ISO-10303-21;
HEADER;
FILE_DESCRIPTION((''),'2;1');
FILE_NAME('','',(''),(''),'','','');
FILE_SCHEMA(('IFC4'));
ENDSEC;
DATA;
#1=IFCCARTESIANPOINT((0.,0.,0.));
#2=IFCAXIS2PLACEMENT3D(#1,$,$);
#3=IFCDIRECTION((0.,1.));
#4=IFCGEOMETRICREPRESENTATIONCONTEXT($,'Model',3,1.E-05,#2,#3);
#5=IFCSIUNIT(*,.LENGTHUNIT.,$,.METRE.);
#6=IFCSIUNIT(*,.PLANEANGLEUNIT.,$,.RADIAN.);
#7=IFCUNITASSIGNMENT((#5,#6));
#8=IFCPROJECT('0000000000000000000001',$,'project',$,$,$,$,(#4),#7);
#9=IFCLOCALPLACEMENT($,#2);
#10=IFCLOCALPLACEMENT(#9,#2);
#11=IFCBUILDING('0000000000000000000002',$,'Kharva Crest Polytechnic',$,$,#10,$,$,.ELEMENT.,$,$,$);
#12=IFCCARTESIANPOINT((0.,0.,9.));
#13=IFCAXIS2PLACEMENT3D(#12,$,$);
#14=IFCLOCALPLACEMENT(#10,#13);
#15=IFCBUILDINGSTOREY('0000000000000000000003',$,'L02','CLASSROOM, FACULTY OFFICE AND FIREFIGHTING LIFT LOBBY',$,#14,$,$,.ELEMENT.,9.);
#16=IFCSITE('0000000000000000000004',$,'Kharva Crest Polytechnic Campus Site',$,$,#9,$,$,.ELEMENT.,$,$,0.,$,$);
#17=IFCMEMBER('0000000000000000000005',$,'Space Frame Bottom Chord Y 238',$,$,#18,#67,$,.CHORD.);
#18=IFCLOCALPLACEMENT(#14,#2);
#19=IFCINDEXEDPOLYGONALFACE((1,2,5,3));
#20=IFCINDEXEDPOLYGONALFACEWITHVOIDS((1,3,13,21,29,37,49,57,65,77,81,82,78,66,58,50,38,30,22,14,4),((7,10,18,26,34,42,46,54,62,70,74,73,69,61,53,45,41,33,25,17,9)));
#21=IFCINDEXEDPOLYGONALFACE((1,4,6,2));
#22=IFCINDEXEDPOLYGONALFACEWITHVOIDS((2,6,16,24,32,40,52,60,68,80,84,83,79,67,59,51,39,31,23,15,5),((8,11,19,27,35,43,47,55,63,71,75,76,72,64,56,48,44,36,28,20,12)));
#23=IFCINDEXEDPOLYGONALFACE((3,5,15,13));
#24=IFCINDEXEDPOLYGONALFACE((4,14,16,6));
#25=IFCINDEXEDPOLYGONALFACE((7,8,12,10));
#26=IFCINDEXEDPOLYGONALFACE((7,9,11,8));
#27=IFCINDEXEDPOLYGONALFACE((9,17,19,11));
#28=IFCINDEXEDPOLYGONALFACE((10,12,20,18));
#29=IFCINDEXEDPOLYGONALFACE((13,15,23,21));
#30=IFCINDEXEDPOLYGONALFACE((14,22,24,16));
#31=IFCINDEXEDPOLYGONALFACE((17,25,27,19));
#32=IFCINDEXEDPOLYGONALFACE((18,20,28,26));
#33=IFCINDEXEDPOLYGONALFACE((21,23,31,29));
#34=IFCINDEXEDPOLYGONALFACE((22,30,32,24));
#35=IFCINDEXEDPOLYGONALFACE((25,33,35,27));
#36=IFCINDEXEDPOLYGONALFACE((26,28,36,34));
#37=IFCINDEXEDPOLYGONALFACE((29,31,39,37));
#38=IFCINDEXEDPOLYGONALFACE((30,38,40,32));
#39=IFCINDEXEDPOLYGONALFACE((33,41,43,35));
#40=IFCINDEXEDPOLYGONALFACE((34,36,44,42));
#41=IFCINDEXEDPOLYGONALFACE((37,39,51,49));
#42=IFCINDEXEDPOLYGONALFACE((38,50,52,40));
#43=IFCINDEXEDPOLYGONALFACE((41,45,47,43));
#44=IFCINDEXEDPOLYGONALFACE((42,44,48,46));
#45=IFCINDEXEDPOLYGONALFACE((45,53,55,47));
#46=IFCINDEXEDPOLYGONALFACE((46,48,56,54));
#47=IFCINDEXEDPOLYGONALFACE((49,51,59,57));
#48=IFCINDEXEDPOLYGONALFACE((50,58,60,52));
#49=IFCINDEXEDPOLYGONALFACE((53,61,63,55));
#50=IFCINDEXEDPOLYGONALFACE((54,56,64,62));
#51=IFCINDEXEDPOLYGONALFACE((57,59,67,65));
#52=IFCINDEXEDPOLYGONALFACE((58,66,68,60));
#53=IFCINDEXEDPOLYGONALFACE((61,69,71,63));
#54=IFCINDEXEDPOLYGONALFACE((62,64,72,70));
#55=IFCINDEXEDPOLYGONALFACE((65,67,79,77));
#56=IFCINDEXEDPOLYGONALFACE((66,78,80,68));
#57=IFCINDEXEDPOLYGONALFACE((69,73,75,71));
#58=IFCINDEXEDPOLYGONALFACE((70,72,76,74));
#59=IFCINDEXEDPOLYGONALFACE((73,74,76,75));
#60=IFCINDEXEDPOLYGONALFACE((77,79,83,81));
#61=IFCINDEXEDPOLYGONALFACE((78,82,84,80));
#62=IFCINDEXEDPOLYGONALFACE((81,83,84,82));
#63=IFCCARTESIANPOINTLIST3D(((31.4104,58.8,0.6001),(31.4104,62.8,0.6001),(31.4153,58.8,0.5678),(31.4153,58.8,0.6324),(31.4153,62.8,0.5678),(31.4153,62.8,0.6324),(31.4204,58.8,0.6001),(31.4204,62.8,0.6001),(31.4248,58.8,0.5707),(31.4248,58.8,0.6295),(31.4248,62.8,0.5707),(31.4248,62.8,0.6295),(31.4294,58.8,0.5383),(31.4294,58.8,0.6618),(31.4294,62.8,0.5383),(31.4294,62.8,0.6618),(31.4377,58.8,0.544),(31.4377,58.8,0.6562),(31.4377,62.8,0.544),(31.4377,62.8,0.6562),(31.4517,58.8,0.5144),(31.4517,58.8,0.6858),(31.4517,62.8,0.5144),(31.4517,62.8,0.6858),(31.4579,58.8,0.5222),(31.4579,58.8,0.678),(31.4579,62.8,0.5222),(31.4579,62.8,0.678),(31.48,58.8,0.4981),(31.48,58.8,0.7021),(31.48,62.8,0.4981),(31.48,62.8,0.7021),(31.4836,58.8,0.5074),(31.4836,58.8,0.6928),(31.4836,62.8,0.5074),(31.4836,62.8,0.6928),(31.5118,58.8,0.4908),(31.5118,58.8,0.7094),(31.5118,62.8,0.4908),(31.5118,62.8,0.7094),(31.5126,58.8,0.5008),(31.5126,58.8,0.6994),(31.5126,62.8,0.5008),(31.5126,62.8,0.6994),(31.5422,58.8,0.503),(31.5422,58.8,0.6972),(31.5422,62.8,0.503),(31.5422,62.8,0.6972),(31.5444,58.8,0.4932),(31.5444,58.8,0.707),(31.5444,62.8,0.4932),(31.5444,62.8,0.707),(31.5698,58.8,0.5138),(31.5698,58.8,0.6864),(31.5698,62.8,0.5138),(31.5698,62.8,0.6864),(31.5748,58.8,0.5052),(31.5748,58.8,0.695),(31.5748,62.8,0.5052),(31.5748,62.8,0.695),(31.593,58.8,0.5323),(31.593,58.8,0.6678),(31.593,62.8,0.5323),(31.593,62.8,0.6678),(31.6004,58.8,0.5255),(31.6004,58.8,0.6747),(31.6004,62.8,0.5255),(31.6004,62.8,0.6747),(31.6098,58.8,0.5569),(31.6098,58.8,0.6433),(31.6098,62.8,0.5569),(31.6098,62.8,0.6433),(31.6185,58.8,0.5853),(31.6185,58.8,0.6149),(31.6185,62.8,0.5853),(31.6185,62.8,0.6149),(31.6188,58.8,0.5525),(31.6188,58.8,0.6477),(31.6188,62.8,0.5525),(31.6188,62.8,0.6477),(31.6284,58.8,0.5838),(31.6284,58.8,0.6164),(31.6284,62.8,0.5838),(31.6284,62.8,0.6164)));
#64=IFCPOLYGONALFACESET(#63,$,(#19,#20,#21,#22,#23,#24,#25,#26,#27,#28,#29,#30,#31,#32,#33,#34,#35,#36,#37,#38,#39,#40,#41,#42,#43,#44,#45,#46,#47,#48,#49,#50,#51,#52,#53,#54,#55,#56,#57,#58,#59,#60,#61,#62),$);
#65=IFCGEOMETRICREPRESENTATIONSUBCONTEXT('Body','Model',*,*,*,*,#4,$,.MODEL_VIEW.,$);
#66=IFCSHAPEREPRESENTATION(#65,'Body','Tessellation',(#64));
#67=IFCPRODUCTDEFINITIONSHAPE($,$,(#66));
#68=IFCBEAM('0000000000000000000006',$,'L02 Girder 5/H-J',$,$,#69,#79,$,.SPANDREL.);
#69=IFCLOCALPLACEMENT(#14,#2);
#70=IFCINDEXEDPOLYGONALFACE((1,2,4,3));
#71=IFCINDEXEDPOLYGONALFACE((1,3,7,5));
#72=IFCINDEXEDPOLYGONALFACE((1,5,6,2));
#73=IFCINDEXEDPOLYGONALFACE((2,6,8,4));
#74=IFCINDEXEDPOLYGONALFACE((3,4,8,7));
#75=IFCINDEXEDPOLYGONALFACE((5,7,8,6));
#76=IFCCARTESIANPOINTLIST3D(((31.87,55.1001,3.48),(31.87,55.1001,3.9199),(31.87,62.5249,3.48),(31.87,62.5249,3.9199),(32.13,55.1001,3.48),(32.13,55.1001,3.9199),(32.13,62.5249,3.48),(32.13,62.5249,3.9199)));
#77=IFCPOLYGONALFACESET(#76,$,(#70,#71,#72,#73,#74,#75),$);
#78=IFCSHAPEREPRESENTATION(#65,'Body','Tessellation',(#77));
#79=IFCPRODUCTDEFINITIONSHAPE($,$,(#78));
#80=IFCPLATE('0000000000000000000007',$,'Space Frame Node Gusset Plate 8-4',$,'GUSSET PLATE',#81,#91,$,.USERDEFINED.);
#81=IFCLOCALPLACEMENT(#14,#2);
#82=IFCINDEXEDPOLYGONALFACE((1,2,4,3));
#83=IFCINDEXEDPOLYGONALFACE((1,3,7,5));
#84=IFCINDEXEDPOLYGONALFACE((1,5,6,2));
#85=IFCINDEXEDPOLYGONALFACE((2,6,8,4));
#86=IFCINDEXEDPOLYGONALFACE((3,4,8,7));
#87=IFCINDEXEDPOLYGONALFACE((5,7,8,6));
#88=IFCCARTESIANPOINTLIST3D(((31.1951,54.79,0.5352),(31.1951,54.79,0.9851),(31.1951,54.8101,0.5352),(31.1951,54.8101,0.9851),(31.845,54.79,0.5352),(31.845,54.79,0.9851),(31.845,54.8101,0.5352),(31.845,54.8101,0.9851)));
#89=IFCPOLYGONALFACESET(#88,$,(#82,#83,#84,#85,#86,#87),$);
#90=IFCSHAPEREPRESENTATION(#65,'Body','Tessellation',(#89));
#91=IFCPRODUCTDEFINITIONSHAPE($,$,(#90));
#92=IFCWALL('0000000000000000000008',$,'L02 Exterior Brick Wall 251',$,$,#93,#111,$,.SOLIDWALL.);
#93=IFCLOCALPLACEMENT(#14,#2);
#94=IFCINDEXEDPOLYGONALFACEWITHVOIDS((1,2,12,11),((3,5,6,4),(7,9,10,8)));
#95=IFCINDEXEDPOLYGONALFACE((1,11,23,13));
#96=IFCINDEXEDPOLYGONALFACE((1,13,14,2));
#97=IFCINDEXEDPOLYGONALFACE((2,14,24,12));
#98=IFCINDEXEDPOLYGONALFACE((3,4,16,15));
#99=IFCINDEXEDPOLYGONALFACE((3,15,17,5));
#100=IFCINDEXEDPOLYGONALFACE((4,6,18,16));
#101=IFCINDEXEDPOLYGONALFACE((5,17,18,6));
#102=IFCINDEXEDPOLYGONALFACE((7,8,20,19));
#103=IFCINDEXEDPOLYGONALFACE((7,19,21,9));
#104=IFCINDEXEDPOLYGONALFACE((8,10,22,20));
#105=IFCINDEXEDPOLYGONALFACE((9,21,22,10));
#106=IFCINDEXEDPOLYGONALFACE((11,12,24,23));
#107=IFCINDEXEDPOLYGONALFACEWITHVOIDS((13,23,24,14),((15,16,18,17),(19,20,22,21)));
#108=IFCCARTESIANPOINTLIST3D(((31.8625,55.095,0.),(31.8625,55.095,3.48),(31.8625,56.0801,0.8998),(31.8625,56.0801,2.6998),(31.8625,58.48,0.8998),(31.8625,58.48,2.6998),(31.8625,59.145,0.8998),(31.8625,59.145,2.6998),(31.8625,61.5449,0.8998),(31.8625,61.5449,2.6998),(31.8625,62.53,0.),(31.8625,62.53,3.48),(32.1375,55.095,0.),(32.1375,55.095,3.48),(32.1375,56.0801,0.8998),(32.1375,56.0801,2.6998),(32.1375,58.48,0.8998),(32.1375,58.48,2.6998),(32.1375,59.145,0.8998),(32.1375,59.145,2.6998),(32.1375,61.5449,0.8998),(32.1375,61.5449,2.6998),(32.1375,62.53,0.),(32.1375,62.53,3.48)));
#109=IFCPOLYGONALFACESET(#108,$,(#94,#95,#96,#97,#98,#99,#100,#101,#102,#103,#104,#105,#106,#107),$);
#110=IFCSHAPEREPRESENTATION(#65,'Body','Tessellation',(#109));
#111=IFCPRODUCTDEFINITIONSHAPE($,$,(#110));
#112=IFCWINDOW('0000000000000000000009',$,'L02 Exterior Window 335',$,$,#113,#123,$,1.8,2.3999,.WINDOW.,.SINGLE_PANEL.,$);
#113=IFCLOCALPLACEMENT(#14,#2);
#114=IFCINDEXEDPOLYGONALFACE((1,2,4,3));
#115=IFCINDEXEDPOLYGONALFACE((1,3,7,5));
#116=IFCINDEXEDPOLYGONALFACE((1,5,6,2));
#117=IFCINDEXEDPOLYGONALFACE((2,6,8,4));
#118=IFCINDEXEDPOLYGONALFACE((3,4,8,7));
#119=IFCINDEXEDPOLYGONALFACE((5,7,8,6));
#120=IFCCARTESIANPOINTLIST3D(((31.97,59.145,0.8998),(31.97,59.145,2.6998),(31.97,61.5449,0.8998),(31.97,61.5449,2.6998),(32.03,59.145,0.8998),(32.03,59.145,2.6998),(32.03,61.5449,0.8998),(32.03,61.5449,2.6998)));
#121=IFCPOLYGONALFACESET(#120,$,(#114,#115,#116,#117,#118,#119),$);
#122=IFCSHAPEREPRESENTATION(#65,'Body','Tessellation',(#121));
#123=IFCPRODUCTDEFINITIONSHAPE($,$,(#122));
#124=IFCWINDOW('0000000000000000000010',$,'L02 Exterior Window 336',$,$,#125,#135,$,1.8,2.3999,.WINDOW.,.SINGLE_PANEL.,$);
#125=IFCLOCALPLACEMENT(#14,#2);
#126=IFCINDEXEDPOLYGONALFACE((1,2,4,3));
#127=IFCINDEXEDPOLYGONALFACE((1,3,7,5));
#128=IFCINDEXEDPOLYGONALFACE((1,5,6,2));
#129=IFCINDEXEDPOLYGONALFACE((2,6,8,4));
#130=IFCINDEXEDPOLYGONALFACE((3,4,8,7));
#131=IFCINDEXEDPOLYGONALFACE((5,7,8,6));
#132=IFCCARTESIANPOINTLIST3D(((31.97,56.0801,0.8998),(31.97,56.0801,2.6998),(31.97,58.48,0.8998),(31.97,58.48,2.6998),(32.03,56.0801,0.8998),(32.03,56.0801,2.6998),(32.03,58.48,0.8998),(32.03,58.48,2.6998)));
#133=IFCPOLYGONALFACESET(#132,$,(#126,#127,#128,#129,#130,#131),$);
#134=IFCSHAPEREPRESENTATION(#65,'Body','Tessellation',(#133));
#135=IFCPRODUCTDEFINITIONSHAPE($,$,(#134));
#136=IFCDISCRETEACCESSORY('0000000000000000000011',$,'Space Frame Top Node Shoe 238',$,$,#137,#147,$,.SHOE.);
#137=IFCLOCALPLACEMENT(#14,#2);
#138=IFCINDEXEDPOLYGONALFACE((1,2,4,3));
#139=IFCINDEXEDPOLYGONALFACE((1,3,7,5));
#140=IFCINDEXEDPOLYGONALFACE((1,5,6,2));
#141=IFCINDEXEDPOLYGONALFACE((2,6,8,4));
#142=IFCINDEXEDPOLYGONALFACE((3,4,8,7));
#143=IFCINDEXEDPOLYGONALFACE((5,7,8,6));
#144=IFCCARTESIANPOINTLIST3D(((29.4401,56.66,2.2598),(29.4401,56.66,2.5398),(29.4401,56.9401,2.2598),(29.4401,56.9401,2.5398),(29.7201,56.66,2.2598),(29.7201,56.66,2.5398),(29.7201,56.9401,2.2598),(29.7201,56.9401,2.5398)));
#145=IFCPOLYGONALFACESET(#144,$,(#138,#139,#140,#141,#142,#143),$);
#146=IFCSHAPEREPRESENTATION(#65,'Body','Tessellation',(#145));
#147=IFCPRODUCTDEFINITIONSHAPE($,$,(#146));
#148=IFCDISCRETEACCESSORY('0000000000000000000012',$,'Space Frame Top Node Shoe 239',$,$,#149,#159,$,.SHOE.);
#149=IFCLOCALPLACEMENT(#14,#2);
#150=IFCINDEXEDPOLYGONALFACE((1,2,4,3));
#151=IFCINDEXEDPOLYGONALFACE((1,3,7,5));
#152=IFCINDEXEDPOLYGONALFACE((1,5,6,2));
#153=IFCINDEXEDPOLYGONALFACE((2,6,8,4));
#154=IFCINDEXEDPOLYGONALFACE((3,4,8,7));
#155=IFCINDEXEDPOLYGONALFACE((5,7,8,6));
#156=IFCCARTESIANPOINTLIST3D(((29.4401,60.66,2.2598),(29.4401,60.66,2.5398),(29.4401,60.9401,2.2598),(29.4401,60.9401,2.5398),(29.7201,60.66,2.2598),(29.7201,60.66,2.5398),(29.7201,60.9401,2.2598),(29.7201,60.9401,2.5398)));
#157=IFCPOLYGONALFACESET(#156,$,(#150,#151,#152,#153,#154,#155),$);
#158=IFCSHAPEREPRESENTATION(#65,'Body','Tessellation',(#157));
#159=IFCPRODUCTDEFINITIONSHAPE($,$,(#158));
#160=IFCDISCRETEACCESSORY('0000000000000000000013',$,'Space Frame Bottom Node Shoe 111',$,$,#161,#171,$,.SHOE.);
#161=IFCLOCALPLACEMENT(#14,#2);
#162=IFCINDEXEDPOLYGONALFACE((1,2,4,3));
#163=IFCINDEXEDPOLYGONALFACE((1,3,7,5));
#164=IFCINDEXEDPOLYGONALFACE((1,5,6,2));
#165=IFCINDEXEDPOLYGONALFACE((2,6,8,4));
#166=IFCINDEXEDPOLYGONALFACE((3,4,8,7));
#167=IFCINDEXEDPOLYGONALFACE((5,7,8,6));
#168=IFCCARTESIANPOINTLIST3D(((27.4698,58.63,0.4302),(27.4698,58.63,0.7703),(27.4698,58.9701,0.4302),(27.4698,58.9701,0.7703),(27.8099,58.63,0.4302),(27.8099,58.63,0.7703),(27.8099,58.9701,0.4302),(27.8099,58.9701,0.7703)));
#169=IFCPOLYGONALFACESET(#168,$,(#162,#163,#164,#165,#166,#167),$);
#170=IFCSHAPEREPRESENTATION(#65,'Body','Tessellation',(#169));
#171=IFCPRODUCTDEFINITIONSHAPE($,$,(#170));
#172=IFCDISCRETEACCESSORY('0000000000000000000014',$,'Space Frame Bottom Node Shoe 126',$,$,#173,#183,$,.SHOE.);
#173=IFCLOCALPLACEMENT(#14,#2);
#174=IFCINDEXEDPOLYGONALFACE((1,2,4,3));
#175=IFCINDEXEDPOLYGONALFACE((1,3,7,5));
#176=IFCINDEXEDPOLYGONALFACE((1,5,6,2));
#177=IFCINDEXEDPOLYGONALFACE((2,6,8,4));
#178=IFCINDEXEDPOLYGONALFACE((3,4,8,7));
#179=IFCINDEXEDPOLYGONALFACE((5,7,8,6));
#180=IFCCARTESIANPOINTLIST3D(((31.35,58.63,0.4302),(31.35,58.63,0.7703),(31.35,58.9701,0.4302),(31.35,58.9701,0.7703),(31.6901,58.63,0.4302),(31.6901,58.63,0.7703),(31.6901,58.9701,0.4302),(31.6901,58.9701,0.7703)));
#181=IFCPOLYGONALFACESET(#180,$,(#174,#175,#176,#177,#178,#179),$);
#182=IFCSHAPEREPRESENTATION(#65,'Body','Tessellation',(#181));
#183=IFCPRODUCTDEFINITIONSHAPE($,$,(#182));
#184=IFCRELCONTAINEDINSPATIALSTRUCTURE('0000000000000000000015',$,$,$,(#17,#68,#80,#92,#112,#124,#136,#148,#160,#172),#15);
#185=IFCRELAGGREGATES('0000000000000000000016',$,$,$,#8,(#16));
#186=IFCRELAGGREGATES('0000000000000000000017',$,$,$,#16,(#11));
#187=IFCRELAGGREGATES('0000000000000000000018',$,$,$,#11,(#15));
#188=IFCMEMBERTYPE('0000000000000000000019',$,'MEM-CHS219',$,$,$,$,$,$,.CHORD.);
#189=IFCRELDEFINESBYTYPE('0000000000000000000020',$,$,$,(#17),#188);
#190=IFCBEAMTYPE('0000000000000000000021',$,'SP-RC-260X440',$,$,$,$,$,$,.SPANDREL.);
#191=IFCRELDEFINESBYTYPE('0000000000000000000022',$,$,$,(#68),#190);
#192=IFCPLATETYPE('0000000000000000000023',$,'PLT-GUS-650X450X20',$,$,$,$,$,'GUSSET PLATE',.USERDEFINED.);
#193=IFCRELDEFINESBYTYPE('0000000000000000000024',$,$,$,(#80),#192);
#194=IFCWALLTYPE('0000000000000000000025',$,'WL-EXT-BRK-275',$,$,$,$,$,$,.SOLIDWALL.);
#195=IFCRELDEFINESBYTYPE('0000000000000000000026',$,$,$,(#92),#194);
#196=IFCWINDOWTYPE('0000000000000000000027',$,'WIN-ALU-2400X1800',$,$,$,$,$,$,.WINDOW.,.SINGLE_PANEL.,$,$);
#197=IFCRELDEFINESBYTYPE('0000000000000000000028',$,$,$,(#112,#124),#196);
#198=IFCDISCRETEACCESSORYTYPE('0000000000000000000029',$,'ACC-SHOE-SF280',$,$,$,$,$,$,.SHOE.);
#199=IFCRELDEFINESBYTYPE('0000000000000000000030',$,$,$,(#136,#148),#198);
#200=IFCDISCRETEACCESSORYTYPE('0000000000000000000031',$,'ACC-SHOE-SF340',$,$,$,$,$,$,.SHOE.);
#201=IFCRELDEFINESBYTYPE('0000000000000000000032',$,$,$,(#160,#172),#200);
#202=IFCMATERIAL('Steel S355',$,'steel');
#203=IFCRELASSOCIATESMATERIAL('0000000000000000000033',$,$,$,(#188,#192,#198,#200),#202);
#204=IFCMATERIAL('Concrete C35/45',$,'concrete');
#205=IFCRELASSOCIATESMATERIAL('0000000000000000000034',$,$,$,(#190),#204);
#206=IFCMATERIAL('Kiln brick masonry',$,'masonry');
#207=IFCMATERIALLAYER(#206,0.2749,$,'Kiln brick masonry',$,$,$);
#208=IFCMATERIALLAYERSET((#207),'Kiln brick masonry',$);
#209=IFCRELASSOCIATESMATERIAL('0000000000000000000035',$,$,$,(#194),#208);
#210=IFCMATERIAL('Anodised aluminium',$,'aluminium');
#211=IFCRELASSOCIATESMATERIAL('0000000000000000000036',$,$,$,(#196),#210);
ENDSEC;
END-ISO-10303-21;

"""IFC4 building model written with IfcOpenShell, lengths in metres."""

from ifc_helpers import new_model, si_unit, direction, frame, frame_2d, origin, origin_2d, place, context, subcontext, project, spatial, rectangle, hollow_circle, extrude, material, layer, layer_set, material_profile, profile_set, type_object, element, fill, save


model = new_model("IFC4")

# Units and contexts
model_context = context("Model", 3, precision=1e-05, world=origin(), true_north=direction((0.0, 1.0)))
body_context = subcontext(model_context, "Body", "Model", "MODEL_VIEW")
ifc_project = project(units=[si_unit("LENGTHUNIT", "METRE"), si_unit("PLANEANGLEUNIT", "RADIAN")], contexts=[model_context])

# Site, building, storey
site_placement = place(None, origin())
site = spatial("IfcSite", under=ifc_project, at=site_placement, Name="Kharva Crest Polytechnic Campus Site", CompositionType="ELEMENT", RefElevation=0.0)
building_placement = place(site_placement, origin())
building = spatial("IfcBuilding", under=site, at=building_placement, Name="Kharva Crest Polytechnic", CompositionType="ELEMENT")
storey_placement = place(building_placement, frame((0.0, 0.0, 9.0)))
storey = spatial("IfcBuildingStorey", under=building, at=storey_placement, Name="L02", Description="CLASSROOM, FACULTY OFFICE AND FIREFIGHTING LIFT LOBBY", CompositionType="ELEMENT", Elevation=9.0)

# Shared definitions
ifc_material_1 = material(Name="Concrete C35/45", Category="concrete")
ifc_material_2 = material(Name="Steel S355", Category="steel")

# Member
ifc_material_profile_1 = material_profile(ifc_material_2, hollow_circle(Radius=0.1096, WallThickness=0.01, at=origin_2d()), Name="CHS 219.1X10.0")
ifc_profile_set_1 = profile_set([ifc_material_profile_1], Name="Steel S355")
member_type_1 = type_object("IfcMemberType", Name="MEM-CHS219", PredefinedType="CHORD", material=ifc_profile_set_1)
member_1_placement = place(storey_placement, frame((31.52, 58.8, 0.6001), z_axis=(0.0, 1.0, 0.0), x_axis=(-1.0, 0.0, 0.0)))
element("IfcMember", 1, at=member_1_placement, inside=storey, type_object=member_type_1, Name="Space Frame Bottom Chord Y 238", PredefinedType="CHORD", context=body_context, shape_type="SweptSolid", body=[
    extrude(hollow_circle(Radius=0.1096, WallThickness=0.01, at=origin_2d()), origin(), (0.0, 0.0, 1.0), 4.0),
])

# Beam
ifc_material_profile_2 = material_profile(ifc_material_1, rectangle(XDim=0.26, YDim=0.4399, at=origin_2d()), Name="RECT 260 X 440")
ifc_profile_set_2 = profile_set([ifc_material_profile_2], Name="Concrete C35/45")
beam_type_1 = type_object("IfcBeamType", Name="SP-RC-260X440", PredefinedType="SPANDREL", material=ifc_profile_set_2)
beam_1_placement = place(storey_placement, frame((32.0, 55.1001, 3.7), z_axis=(0.0, 1.0, 0.0), x_axis=(-1.0, 0.0, 0.0)))
element("IfcBeam", 2, at=beam_1_placement, inside=storey, type_object=beam_type_1, Name="L02 Girder 5/H-J", PredefinedType="SPANDREL", context=body_context, shape_type="SweptSolid", body=[
    extrude(rectangle(XDim=0.26, YDim=0.4399, at=origin_2d()), origin(), (0.0, 0.0, 1.0), 7.4248),
])

# Plate
plate_type = type_object("IfcPlateType", Name="PLT-GUS-650X450X20", ElementType="GUSSET PLATE", PredefinedType="USERDEFINED", material=ifc_material_2)
plate_placement = place(storey_placement, frame((31.52, 54.8, 0.5352), z_axis=(0.0, 0.0, 1.0), x_axis=(1.0, 0.0, 0.0)))
element("IfcPlate", 3, at=plate_placement, inside=storey, type_object=plate_type, Name="Space Frame Node Gusset Plate 8-4", ObjectType="GUSSET PLATE", PredefinedType="USERDEFINED", context=body_context, shape_type="SweptSolid", body=[
    extrude(rectangle(XDim=0.6499, YDim=0.02, at=origin_2d()), origin(), (0.0, 0.0, 1.0), 0.45),
])

# Wall, openings, windows
ifc_material_3 = material(Name="Kiln brick masonry", Category="masonry")
ifc_layer = layer(ifc_material_3, 0.2749, Name="Kiln brick masonry")
ifc_layer_set = layer_set([ifc_layer], Name="Kiln brick masonry")
wall_type = type_object("IfcWallType", Name="WL-EXT-BRK-275", PredefinedType="SOLIDWALL", material=ifc_layer_set)
wall_placement = place(storey_placement, frame((32.0, 62.53, 0.0), z_axis=(0.0, 0.0, 1.0), x_axis=(0.0, -1.0, 0.0)))
wall = element("IfcWall", 4, at=wall_placement, inside=storey, type_object=wall_type, Name="L02 Exterior Brick Wall 251", PredefinedType="SOLIDWALL", context=body_context, shape_type="SweptSolid", body=[
    extrude(rectangle(XDim=7.4351, YDim=0.2749, at=frame_2d((3.7175, 0.0))), origin(), (0.0, 0.0, 1.0), 3.48),
])
opening_1_placement = place(wall_placement, frame((0.9851, 0.0, 0.8999)))
opening_1 = element("IfcOpeningElement", 5, at=opening_1_placement, cuts=wall, PredefinedType="OPENING", context=body_context, shape_type="SweptSolid", body=[
    extrude(rectangle(XDim=2.3999, YDim=1.8, at=frame_2d((1.2, 0.8999))), frame((0.0, 0.1475, 0.0), z_axis=(0.0, -1.0, 0.0), x_axis=(1.0, 0.0, 0.0)), (0.0, 0.0, 1.0), 0.2949),
])
opening_2_placement = place(wall_placement, frame((4.05, 0.0, 0.8999)))
opening_2 = element("IfcOpeningElement", 6, at=opening_2_placement, cuts=wall, PredefinedType="OPENING", context=body_context, shape_type="SweptSolid", body=[
    extrude(rectangle(XDim=2.3999, YDim=1.8, at=frame_2d((1.2, 0.8999))), frame((0.0, 0.1475, 0.0), z_axis=(0.0, -1.0, 0.0), x_axis=(1.0, 0.0, 0.0)), (0.0, 0.0, 1.0), 0.2949),
])
ifc_material_4 = material(Name="Anodised aluminium", Category="aluminium")
window_type = type_object("IfcWindowType", Name="WIN-ALU-2400X1800", PartitioningType="SINGLE_PANEL", PredefinedType="WINDOW", material=ifc_material_4)
window_1_placement = place(opening_1_placement, origin())
window_1 = element("IfcWindow", 7, at=window_1_placement, inside=storey, type_object=window_type, Name="L02 Exterior Window 335", OverallHeight=1.8, OverallWidth=2.3999, PartitioningType="SINGLE_PANEL", PredefinedType="WINDOW", context=body_context, shape_type="SweptSolid", body=[
    extrude(rectangle(XDim=2.3999, YDim=1.8, at=frame_2d((1.2, 0.8999))), frame((0.0, 0.03, 0.0), z_axis=(0.0, -1.0, 0.0), x_axis=(1.0, 0.0, 0.0)), (0.0, 0.0, 1.0), 0.0601),
])
fill(opening_1, window_1)
window_2_placement = place(opening_2_placement, origin())
window_2 = element("IfcWindow", 8, at=window_2_placement, inside=storey, type_object=window_type, Name="L02 Exterior Window 336", OverallHeight=1.8, OverallWidth=2.3999, PartitioningType="SINGLE_PANEL", PredefinedType="WINDOW", context=body_context, shape_type="SweptSolid", body=[
    extrude(rectangle(XDim=2.3999, YDim=1.8, at=frame_2d((1.2, 0.8999))), frame((0.0, 0.03, 0.0), z_axis=(0.0, -1.0, 0.0), x_axis=(1.0, 0.0, 0.0)), (0.0, 0.0, 1.0), 0.0601),
])
fill(opening_2, window_2)

# Discrete accessories
discrete_accessory_type_1 = type_object("IfcDiscreteAccessoryType", Name="ACC-SHOE-SF280", PredefinedType="SHOE", material=ifc_material_2)
for number, where, z_axis, x_axis, name in (
    (9, (29.5801, 56.8, 2.2598), (0.0, 0.0, 1.0), (1.0, 0.0, 0.0), "Space Frame Top Node Shoe 238"),
    (10, (29.5801, 60.8, 2.2598), (0.0, 0.0, 1.0), (1.0, 0.0, 0.0), "Space Frame Top Node Shoe 239"),
):
    element("IfcDiscreteAccessory", number, at=place(storey_placement, frame(where, z_axis=z_axis, x_axis=x_axis)), inside=storey, type_object=discrete_accessory_type_1, Name=name, PredefinedType="SHOE", context=body_context, shape_type="SweptSolid", body=[
        extrude(rectangle(XDim=0.28, YDim=0.28, at=origin_2d()), origin(), (0.0, 0.0, 1.0), 0.28),
    ])
discrete_accessory_type_2 = type_object("IfcDiscreteAccessoryType", Name="ACC-SHOE-SF340", PredefinedType="SHOE", material=ifc_material_2)
for number, where, z_axis, x_axis, name in (
    (11, (27.6399, 58.8, 0.4302), (0.0, 0.0, 1.0), (1.0, 0.0, 0.0), "Space Frame Bottom Node Shoe 111"),
    (12, (31.52, 58.8, 0.4302), (0.0, 0.0, 1.0), (1.0, 0.0, 0.0), "Space Frame Bottom Node Shoe 126"),
):
    element("IfcDiscreteAccessory", number, at=place(storey_placement, frame(where, z_axis=z_axis, x_axis=x_axis)), inside=storey, type_object=discrete_accessory_type_2, Name=name, PredefinedType="SHOE", context=body_context, shape_type="SweptSolid", body=[
        extrude(rectangle(XDim=0.3401, YDim=0.3401, at=origin_2d()), origin(), (0.0, 0.0, 1.0), 0.3401),
    ])

save(model, "model.ifc")
